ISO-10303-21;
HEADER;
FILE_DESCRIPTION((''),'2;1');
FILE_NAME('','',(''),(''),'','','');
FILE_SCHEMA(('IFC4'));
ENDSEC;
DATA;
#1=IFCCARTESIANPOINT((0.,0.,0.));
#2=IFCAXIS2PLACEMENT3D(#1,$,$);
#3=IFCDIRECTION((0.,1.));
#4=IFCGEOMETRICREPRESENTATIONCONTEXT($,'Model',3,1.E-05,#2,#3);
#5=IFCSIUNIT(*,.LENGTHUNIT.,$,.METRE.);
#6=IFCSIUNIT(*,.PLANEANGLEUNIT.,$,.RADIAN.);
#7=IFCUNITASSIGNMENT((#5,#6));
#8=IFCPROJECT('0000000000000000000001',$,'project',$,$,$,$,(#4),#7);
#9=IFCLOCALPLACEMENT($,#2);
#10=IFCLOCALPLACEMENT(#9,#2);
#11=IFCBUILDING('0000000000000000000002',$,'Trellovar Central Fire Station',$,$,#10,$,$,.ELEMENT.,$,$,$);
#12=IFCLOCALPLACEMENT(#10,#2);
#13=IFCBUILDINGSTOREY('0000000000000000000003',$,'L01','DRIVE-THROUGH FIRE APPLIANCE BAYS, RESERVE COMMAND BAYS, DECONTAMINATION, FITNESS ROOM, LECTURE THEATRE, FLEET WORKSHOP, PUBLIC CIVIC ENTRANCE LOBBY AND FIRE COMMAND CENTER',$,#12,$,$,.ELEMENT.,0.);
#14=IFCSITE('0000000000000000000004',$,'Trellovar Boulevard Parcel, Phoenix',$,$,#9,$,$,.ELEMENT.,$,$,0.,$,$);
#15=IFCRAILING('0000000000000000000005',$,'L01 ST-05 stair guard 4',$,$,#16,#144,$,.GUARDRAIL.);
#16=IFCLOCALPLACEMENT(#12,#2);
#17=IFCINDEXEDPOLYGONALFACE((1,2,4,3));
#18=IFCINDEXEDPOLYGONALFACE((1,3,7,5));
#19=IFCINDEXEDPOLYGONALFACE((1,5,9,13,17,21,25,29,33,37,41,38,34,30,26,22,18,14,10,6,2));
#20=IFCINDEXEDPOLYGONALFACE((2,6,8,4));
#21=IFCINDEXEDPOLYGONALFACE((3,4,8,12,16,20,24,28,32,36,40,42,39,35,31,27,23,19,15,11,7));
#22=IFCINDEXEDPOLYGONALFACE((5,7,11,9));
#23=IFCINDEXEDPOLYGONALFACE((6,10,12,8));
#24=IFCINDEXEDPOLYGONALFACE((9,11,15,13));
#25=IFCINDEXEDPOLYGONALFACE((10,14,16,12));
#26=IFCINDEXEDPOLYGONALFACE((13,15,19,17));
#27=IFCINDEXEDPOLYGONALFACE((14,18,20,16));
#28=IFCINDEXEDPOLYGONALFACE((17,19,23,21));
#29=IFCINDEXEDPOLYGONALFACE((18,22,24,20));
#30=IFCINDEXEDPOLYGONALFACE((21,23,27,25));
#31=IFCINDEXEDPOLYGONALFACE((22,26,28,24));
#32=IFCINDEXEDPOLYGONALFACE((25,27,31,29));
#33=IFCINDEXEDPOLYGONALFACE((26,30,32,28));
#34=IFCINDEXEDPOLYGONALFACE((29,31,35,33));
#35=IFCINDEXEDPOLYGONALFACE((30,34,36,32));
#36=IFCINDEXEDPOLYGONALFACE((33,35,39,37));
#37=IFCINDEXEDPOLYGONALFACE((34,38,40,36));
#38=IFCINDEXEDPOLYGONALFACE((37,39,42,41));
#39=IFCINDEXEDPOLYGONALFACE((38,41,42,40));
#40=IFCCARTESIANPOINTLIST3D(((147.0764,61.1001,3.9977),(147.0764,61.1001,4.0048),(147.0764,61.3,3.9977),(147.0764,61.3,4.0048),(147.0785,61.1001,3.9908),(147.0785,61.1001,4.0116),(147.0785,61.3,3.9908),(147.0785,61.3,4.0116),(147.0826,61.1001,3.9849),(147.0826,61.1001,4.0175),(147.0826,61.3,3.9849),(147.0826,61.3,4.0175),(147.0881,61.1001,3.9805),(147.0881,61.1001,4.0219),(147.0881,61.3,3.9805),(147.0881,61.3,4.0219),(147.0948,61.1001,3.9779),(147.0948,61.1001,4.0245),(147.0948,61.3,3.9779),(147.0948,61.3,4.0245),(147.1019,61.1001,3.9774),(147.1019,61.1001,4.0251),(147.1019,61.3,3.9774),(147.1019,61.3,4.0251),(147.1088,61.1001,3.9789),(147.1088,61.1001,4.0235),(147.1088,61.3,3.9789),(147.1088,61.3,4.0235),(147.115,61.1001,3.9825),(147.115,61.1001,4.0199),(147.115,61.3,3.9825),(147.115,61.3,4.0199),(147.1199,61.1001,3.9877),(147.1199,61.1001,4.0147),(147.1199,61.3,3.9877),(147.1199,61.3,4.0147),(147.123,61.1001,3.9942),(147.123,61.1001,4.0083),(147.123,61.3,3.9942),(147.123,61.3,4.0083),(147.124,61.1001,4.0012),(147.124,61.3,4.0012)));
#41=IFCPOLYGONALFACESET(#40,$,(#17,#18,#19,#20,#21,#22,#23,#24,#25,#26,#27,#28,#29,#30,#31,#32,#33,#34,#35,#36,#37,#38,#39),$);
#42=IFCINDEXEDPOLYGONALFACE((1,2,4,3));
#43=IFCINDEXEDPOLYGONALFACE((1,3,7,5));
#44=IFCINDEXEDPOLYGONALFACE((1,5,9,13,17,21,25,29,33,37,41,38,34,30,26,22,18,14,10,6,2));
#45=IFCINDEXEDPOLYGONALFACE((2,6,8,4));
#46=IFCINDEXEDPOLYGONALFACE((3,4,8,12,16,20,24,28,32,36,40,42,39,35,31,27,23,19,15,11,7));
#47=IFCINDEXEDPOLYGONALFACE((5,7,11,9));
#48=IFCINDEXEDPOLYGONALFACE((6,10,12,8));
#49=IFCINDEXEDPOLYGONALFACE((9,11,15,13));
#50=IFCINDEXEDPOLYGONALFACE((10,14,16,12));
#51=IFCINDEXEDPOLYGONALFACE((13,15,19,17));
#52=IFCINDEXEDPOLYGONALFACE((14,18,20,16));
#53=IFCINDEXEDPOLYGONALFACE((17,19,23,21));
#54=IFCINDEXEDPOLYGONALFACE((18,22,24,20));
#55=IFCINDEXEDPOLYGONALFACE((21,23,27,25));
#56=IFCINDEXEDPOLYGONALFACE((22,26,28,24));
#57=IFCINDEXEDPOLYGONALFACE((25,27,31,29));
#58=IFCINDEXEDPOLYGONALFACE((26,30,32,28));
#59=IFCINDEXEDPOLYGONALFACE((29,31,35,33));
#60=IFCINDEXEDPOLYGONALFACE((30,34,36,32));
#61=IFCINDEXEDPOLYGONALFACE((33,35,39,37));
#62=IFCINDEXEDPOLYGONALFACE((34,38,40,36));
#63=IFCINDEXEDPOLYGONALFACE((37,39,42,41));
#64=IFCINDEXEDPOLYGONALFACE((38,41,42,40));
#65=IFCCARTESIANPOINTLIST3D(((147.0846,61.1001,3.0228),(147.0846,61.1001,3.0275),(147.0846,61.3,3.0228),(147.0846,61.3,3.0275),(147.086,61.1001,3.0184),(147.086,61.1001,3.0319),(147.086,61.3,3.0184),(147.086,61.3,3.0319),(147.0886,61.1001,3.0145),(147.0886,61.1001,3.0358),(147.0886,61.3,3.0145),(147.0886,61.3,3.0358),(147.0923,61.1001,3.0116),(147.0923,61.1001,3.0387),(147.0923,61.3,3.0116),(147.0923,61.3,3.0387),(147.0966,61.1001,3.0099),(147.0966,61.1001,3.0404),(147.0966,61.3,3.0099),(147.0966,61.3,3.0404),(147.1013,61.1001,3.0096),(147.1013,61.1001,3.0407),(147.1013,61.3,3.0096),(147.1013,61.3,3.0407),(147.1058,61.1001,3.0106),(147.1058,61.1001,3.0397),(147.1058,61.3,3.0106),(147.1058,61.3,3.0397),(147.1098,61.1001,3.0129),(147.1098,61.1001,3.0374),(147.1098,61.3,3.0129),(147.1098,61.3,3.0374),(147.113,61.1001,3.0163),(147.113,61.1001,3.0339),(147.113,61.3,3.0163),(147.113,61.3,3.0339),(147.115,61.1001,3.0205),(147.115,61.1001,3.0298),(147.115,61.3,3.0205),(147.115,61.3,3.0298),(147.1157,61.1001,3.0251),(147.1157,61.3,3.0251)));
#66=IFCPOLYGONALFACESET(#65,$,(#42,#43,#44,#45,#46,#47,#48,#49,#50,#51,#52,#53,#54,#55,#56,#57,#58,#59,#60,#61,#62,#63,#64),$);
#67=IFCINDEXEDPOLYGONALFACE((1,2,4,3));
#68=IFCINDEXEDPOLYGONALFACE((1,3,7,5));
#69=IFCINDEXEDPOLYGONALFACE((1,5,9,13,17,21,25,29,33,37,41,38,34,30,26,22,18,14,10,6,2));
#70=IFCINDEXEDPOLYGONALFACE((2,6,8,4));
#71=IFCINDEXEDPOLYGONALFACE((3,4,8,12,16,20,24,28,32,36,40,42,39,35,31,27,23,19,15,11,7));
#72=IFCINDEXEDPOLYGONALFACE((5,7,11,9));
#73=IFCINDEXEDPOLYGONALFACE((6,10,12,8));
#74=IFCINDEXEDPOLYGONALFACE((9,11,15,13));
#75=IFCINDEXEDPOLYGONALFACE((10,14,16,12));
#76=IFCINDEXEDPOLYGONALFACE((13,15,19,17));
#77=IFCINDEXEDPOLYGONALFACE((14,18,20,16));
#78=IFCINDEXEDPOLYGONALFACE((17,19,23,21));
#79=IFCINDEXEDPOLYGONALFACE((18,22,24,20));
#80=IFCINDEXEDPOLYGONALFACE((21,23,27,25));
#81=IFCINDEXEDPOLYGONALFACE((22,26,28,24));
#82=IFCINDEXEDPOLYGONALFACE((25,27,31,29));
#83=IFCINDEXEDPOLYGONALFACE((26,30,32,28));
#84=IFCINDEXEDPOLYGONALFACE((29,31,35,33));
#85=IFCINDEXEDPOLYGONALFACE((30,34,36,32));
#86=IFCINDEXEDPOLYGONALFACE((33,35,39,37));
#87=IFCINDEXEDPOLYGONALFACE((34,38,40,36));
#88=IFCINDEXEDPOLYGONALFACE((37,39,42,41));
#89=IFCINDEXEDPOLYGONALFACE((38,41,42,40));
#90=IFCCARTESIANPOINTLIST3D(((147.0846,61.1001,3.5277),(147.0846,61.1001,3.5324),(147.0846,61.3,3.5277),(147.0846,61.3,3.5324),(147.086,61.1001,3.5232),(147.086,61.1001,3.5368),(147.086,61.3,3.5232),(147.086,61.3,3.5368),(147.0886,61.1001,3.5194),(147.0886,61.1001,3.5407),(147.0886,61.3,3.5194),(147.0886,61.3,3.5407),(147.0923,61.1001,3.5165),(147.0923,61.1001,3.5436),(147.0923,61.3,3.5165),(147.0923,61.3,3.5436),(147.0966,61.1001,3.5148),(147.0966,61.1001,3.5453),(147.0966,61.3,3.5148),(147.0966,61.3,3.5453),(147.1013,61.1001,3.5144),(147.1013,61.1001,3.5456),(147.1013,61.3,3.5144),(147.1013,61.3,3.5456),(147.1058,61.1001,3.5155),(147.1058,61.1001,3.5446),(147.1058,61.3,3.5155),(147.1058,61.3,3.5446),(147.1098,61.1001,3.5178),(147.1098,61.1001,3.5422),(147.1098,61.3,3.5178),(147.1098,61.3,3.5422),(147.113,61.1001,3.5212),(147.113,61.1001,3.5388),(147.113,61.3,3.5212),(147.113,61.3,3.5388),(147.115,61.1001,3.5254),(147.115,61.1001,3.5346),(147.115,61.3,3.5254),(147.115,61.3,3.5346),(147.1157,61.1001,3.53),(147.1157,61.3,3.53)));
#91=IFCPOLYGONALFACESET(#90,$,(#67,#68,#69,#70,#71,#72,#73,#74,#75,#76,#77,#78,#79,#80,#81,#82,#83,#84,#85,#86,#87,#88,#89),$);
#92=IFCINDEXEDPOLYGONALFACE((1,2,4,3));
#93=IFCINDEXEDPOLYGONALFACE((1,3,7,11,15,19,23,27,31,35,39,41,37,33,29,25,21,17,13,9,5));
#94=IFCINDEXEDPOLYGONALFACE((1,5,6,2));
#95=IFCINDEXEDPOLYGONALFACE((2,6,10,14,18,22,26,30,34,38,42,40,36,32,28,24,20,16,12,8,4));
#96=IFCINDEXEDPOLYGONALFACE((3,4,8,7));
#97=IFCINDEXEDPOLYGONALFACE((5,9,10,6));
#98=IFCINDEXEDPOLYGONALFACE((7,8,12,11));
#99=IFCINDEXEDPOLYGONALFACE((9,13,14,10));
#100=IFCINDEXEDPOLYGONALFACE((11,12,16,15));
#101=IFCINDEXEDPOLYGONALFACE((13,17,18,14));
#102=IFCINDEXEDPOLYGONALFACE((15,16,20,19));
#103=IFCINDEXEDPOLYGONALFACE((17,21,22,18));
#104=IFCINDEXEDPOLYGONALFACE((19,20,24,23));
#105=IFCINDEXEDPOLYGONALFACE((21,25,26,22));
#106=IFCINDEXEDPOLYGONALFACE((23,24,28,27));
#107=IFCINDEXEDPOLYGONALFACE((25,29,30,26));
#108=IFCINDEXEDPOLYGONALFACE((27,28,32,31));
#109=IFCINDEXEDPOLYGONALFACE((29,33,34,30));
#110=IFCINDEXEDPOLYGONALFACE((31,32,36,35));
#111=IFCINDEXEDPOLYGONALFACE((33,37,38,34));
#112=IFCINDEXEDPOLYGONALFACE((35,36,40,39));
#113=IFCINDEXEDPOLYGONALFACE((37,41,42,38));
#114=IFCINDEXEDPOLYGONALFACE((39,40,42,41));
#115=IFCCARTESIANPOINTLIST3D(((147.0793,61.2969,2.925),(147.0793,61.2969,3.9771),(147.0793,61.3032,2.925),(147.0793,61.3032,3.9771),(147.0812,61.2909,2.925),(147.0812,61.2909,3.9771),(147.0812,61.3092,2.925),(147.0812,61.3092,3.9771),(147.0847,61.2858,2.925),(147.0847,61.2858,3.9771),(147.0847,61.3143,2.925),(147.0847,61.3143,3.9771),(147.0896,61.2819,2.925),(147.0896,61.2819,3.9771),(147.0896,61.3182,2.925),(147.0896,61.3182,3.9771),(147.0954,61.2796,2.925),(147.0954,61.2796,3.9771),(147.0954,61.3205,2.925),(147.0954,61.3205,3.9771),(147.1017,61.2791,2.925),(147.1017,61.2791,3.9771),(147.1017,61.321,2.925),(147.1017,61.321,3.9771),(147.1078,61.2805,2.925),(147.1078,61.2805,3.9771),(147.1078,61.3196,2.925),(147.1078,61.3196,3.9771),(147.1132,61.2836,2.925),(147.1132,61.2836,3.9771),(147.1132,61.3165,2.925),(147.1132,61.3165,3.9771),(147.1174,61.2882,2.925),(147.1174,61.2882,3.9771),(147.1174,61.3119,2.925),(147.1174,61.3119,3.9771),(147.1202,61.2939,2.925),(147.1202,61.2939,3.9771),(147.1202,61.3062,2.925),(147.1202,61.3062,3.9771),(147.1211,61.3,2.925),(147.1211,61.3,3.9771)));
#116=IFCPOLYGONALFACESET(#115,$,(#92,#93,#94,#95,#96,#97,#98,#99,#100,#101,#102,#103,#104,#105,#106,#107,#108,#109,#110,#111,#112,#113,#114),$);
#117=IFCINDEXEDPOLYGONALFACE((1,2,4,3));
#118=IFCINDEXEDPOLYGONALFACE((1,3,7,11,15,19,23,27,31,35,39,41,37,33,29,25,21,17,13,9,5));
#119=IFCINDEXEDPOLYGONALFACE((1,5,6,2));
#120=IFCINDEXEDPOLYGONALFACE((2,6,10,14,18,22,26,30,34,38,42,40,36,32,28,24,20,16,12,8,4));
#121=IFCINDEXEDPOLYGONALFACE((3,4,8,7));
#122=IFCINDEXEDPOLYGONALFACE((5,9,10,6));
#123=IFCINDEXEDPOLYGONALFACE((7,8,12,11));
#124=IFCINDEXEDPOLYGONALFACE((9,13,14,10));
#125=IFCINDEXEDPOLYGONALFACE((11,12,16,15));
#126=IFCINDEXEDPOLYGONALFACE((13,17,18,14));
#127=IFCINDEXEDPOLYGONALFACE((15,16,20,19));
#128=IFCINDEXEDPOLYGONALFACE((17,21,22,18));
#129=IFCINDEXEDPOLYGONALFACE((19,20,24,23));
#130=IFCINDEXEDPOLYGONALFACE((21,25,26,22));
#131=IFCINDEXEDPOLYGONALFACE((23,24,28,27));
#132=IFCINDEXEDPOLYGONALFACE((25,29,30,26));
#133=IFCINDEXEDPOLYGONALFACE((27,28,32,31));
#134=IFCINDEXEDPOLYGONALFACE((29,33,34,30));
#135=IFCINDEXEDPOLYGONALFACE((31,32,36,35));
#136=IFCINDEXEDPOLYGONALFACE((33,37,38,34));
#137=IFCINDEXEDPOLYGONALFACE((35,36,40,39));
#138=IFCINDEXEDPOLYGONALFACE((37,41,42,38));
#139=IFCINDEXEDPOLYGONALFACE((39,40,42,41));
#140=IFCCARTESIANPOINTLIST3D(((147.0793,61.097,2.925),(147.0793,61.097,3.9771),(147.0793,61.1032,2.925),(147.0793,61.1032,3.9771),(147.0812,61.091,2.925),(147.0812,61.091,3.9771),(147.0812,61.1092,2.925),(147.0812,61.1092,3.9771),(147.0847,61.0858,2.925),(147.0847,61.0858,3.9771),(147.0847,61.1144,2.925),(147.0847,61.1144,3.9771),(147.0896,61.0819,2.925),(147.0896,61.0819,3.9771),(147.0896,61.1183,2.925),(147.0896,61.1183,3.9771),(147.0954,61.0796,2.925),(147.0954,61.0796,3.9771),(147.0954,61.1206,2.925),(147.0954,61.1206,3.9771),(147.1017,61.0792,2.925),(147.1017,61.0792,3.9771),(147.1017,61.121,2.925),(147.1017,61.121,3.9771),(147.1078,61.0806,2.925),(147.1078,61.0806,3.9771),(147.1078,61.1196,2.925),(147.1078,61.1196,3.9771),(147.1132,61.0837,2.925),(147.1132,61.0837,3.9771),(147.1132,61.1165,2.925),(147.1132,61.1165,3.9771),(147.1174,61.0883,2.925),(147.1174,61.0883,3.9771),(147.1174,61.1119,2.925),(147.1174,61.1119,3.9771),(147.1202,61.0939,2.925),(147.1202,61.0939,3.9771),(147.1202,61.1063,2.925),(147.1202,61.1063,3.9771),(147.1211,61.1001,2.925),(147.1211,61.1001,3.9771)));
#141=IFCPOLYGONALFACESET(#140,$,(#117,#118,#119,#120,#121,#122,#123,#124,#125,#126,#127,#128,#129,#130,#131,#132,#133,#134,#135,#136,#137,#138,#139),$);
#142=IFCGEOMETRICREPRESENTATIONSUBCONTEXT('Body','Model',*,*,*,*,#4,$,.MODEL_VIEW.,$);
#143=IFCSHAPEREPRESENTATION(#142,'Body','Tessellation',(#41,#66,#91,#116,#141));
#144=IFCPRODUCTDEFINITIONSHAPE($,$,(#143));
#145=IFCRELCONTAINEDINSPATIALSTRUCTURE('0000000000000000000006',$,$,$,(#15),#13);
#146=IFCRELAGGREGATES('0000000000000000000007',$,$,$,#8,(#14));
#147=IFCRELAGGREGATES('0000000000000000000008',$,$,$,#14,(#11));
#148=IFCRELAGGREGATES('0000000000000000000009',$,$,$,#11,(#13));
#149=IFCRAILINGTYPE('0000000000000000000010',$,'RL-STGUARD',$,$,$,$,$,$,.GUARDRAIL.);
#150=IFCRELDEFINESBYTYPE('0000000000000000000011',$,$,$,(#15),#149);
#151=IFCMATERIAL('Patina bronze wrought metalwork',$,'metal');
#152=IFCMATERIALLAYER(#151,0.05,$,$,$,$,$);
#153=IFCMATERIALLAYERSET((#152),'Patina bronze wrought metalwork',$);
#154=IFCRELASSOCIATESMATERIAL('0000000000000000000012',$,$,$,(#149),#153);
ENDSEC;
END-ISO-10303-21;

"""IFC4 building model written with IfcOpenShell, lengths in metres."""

from ifc_helpers import new_model, si_unit, direction, frame, origin, origin_2d, place, context, subcontext, project, spatial, circle, extrude, material, layer, layer_set, type_object, element, save


model = new_model("IFC4")

# Units and contexts
model_context = context("Model", 3, precision=1e-05, world=origin(), true_north=direction((0.0, 1.0)))
body_context = subcontext(model_context, "Body", "Model", "MODEL_VIEW")
ifc_project = project(units=[si_unit("LENGTHUNIT", "METRE"), si_unit("PLANEANGLEUNIT", "RADIAN")], contexts=[model_context])

# Site, building, storey
site_placement = place(None, origin())
site = spatial("IfcSite", under=ifc_project, at=site_placement, Name="Trellovar Boulevard Parcel, Phoenix", CompositionType="ELEMENT", RefElevation=0.0)
building_placement = place(site_placement, origin())
building = spatial("IfcBuilding", under=site, at=building_placement, Name="Trellovar Central Fire Station", CompositionType="ELEMENT")
storey_placement = place(building_placement, origin())
storey = spatial("IfcBuildingStorey", under=building, at=storey_placement, Name="L01", Description="DRIVE-THROUGH FIRE APPLIANCE BAYS, RESERVE COMMAND BAYS, DECONTAMINATION, FITNESS ROOM, LECTURE THEATRE, FLEET WORKSHOP, PUBLIC CIVIC ENTRANCE LOBBY AND FIRE COMMAND CENTER", CompositionType="ELEMENT", Elevation=0.0)

# Railing
ifc_material_1 = material(Name="Patina bronze wrought metalwork", Category="metal")
ifc_layer_1 = layer(ifc_material_1, 0.05)
ifc_layer_set_1 = layer_set([ifc_layer_1], Name="Patina bronze wrought metalwork")
railing_type = type_object("IfcRailingType", Name="RL-STGUARD", PredefinedType="GUARDRAIL", material=ifc_layer_set_1)
railing_1_placement = place(storey_placement, frame((147.1001, 61.3, 2.925)))
element("IfcRailing", 1, at=railing_1_placement, inside=storey, type_object=railing_type, Name="L01 ST-05 stair guard 4", PredefinedType="GUARDRAIL", context=body_context, shape_type="SweptSolid", body=[
    extrude(circle(Radius=0.0239, at=origin_2d()), frame((0.0, 0.0, 1.0762), z_axis=(0.0, -1.0, 0.0), x_axis=(1.0, 0.0, 0.0)), (0.0, 0.0, 1.0), 0.2),
    extrude(circle(Radius=0.0156, at=origin_2d()), frame((0.0, 0.0, 0.1001), z_axis=(0.0, -1.0, 0.0), x_axis=(1.0, 0.0, 0.0)), (0.0, 0.0, 1.0), 0.2),
    extrude(circle(Radius=0.0156, at=origin_2d()), frame((0.0, 0.0, 0.605), z_axis=(0.0, -1.0, 0.0), x_axis=(1.0, 0.0, 0.0)), (0.0, 0.0, 1.0), 0.2),
    extrude(circle(Radius=0.021, at=origin_2d()), origin(), (0.0, 0.0, 1.0), 1.052),
    extrude(circle(Radius=0.021, at=origin_2d()), frame((0.0, -0.2, 0.0)), (0.0, 0.0, 1.0), 1.052),
])

save(model, "model.ifc")
